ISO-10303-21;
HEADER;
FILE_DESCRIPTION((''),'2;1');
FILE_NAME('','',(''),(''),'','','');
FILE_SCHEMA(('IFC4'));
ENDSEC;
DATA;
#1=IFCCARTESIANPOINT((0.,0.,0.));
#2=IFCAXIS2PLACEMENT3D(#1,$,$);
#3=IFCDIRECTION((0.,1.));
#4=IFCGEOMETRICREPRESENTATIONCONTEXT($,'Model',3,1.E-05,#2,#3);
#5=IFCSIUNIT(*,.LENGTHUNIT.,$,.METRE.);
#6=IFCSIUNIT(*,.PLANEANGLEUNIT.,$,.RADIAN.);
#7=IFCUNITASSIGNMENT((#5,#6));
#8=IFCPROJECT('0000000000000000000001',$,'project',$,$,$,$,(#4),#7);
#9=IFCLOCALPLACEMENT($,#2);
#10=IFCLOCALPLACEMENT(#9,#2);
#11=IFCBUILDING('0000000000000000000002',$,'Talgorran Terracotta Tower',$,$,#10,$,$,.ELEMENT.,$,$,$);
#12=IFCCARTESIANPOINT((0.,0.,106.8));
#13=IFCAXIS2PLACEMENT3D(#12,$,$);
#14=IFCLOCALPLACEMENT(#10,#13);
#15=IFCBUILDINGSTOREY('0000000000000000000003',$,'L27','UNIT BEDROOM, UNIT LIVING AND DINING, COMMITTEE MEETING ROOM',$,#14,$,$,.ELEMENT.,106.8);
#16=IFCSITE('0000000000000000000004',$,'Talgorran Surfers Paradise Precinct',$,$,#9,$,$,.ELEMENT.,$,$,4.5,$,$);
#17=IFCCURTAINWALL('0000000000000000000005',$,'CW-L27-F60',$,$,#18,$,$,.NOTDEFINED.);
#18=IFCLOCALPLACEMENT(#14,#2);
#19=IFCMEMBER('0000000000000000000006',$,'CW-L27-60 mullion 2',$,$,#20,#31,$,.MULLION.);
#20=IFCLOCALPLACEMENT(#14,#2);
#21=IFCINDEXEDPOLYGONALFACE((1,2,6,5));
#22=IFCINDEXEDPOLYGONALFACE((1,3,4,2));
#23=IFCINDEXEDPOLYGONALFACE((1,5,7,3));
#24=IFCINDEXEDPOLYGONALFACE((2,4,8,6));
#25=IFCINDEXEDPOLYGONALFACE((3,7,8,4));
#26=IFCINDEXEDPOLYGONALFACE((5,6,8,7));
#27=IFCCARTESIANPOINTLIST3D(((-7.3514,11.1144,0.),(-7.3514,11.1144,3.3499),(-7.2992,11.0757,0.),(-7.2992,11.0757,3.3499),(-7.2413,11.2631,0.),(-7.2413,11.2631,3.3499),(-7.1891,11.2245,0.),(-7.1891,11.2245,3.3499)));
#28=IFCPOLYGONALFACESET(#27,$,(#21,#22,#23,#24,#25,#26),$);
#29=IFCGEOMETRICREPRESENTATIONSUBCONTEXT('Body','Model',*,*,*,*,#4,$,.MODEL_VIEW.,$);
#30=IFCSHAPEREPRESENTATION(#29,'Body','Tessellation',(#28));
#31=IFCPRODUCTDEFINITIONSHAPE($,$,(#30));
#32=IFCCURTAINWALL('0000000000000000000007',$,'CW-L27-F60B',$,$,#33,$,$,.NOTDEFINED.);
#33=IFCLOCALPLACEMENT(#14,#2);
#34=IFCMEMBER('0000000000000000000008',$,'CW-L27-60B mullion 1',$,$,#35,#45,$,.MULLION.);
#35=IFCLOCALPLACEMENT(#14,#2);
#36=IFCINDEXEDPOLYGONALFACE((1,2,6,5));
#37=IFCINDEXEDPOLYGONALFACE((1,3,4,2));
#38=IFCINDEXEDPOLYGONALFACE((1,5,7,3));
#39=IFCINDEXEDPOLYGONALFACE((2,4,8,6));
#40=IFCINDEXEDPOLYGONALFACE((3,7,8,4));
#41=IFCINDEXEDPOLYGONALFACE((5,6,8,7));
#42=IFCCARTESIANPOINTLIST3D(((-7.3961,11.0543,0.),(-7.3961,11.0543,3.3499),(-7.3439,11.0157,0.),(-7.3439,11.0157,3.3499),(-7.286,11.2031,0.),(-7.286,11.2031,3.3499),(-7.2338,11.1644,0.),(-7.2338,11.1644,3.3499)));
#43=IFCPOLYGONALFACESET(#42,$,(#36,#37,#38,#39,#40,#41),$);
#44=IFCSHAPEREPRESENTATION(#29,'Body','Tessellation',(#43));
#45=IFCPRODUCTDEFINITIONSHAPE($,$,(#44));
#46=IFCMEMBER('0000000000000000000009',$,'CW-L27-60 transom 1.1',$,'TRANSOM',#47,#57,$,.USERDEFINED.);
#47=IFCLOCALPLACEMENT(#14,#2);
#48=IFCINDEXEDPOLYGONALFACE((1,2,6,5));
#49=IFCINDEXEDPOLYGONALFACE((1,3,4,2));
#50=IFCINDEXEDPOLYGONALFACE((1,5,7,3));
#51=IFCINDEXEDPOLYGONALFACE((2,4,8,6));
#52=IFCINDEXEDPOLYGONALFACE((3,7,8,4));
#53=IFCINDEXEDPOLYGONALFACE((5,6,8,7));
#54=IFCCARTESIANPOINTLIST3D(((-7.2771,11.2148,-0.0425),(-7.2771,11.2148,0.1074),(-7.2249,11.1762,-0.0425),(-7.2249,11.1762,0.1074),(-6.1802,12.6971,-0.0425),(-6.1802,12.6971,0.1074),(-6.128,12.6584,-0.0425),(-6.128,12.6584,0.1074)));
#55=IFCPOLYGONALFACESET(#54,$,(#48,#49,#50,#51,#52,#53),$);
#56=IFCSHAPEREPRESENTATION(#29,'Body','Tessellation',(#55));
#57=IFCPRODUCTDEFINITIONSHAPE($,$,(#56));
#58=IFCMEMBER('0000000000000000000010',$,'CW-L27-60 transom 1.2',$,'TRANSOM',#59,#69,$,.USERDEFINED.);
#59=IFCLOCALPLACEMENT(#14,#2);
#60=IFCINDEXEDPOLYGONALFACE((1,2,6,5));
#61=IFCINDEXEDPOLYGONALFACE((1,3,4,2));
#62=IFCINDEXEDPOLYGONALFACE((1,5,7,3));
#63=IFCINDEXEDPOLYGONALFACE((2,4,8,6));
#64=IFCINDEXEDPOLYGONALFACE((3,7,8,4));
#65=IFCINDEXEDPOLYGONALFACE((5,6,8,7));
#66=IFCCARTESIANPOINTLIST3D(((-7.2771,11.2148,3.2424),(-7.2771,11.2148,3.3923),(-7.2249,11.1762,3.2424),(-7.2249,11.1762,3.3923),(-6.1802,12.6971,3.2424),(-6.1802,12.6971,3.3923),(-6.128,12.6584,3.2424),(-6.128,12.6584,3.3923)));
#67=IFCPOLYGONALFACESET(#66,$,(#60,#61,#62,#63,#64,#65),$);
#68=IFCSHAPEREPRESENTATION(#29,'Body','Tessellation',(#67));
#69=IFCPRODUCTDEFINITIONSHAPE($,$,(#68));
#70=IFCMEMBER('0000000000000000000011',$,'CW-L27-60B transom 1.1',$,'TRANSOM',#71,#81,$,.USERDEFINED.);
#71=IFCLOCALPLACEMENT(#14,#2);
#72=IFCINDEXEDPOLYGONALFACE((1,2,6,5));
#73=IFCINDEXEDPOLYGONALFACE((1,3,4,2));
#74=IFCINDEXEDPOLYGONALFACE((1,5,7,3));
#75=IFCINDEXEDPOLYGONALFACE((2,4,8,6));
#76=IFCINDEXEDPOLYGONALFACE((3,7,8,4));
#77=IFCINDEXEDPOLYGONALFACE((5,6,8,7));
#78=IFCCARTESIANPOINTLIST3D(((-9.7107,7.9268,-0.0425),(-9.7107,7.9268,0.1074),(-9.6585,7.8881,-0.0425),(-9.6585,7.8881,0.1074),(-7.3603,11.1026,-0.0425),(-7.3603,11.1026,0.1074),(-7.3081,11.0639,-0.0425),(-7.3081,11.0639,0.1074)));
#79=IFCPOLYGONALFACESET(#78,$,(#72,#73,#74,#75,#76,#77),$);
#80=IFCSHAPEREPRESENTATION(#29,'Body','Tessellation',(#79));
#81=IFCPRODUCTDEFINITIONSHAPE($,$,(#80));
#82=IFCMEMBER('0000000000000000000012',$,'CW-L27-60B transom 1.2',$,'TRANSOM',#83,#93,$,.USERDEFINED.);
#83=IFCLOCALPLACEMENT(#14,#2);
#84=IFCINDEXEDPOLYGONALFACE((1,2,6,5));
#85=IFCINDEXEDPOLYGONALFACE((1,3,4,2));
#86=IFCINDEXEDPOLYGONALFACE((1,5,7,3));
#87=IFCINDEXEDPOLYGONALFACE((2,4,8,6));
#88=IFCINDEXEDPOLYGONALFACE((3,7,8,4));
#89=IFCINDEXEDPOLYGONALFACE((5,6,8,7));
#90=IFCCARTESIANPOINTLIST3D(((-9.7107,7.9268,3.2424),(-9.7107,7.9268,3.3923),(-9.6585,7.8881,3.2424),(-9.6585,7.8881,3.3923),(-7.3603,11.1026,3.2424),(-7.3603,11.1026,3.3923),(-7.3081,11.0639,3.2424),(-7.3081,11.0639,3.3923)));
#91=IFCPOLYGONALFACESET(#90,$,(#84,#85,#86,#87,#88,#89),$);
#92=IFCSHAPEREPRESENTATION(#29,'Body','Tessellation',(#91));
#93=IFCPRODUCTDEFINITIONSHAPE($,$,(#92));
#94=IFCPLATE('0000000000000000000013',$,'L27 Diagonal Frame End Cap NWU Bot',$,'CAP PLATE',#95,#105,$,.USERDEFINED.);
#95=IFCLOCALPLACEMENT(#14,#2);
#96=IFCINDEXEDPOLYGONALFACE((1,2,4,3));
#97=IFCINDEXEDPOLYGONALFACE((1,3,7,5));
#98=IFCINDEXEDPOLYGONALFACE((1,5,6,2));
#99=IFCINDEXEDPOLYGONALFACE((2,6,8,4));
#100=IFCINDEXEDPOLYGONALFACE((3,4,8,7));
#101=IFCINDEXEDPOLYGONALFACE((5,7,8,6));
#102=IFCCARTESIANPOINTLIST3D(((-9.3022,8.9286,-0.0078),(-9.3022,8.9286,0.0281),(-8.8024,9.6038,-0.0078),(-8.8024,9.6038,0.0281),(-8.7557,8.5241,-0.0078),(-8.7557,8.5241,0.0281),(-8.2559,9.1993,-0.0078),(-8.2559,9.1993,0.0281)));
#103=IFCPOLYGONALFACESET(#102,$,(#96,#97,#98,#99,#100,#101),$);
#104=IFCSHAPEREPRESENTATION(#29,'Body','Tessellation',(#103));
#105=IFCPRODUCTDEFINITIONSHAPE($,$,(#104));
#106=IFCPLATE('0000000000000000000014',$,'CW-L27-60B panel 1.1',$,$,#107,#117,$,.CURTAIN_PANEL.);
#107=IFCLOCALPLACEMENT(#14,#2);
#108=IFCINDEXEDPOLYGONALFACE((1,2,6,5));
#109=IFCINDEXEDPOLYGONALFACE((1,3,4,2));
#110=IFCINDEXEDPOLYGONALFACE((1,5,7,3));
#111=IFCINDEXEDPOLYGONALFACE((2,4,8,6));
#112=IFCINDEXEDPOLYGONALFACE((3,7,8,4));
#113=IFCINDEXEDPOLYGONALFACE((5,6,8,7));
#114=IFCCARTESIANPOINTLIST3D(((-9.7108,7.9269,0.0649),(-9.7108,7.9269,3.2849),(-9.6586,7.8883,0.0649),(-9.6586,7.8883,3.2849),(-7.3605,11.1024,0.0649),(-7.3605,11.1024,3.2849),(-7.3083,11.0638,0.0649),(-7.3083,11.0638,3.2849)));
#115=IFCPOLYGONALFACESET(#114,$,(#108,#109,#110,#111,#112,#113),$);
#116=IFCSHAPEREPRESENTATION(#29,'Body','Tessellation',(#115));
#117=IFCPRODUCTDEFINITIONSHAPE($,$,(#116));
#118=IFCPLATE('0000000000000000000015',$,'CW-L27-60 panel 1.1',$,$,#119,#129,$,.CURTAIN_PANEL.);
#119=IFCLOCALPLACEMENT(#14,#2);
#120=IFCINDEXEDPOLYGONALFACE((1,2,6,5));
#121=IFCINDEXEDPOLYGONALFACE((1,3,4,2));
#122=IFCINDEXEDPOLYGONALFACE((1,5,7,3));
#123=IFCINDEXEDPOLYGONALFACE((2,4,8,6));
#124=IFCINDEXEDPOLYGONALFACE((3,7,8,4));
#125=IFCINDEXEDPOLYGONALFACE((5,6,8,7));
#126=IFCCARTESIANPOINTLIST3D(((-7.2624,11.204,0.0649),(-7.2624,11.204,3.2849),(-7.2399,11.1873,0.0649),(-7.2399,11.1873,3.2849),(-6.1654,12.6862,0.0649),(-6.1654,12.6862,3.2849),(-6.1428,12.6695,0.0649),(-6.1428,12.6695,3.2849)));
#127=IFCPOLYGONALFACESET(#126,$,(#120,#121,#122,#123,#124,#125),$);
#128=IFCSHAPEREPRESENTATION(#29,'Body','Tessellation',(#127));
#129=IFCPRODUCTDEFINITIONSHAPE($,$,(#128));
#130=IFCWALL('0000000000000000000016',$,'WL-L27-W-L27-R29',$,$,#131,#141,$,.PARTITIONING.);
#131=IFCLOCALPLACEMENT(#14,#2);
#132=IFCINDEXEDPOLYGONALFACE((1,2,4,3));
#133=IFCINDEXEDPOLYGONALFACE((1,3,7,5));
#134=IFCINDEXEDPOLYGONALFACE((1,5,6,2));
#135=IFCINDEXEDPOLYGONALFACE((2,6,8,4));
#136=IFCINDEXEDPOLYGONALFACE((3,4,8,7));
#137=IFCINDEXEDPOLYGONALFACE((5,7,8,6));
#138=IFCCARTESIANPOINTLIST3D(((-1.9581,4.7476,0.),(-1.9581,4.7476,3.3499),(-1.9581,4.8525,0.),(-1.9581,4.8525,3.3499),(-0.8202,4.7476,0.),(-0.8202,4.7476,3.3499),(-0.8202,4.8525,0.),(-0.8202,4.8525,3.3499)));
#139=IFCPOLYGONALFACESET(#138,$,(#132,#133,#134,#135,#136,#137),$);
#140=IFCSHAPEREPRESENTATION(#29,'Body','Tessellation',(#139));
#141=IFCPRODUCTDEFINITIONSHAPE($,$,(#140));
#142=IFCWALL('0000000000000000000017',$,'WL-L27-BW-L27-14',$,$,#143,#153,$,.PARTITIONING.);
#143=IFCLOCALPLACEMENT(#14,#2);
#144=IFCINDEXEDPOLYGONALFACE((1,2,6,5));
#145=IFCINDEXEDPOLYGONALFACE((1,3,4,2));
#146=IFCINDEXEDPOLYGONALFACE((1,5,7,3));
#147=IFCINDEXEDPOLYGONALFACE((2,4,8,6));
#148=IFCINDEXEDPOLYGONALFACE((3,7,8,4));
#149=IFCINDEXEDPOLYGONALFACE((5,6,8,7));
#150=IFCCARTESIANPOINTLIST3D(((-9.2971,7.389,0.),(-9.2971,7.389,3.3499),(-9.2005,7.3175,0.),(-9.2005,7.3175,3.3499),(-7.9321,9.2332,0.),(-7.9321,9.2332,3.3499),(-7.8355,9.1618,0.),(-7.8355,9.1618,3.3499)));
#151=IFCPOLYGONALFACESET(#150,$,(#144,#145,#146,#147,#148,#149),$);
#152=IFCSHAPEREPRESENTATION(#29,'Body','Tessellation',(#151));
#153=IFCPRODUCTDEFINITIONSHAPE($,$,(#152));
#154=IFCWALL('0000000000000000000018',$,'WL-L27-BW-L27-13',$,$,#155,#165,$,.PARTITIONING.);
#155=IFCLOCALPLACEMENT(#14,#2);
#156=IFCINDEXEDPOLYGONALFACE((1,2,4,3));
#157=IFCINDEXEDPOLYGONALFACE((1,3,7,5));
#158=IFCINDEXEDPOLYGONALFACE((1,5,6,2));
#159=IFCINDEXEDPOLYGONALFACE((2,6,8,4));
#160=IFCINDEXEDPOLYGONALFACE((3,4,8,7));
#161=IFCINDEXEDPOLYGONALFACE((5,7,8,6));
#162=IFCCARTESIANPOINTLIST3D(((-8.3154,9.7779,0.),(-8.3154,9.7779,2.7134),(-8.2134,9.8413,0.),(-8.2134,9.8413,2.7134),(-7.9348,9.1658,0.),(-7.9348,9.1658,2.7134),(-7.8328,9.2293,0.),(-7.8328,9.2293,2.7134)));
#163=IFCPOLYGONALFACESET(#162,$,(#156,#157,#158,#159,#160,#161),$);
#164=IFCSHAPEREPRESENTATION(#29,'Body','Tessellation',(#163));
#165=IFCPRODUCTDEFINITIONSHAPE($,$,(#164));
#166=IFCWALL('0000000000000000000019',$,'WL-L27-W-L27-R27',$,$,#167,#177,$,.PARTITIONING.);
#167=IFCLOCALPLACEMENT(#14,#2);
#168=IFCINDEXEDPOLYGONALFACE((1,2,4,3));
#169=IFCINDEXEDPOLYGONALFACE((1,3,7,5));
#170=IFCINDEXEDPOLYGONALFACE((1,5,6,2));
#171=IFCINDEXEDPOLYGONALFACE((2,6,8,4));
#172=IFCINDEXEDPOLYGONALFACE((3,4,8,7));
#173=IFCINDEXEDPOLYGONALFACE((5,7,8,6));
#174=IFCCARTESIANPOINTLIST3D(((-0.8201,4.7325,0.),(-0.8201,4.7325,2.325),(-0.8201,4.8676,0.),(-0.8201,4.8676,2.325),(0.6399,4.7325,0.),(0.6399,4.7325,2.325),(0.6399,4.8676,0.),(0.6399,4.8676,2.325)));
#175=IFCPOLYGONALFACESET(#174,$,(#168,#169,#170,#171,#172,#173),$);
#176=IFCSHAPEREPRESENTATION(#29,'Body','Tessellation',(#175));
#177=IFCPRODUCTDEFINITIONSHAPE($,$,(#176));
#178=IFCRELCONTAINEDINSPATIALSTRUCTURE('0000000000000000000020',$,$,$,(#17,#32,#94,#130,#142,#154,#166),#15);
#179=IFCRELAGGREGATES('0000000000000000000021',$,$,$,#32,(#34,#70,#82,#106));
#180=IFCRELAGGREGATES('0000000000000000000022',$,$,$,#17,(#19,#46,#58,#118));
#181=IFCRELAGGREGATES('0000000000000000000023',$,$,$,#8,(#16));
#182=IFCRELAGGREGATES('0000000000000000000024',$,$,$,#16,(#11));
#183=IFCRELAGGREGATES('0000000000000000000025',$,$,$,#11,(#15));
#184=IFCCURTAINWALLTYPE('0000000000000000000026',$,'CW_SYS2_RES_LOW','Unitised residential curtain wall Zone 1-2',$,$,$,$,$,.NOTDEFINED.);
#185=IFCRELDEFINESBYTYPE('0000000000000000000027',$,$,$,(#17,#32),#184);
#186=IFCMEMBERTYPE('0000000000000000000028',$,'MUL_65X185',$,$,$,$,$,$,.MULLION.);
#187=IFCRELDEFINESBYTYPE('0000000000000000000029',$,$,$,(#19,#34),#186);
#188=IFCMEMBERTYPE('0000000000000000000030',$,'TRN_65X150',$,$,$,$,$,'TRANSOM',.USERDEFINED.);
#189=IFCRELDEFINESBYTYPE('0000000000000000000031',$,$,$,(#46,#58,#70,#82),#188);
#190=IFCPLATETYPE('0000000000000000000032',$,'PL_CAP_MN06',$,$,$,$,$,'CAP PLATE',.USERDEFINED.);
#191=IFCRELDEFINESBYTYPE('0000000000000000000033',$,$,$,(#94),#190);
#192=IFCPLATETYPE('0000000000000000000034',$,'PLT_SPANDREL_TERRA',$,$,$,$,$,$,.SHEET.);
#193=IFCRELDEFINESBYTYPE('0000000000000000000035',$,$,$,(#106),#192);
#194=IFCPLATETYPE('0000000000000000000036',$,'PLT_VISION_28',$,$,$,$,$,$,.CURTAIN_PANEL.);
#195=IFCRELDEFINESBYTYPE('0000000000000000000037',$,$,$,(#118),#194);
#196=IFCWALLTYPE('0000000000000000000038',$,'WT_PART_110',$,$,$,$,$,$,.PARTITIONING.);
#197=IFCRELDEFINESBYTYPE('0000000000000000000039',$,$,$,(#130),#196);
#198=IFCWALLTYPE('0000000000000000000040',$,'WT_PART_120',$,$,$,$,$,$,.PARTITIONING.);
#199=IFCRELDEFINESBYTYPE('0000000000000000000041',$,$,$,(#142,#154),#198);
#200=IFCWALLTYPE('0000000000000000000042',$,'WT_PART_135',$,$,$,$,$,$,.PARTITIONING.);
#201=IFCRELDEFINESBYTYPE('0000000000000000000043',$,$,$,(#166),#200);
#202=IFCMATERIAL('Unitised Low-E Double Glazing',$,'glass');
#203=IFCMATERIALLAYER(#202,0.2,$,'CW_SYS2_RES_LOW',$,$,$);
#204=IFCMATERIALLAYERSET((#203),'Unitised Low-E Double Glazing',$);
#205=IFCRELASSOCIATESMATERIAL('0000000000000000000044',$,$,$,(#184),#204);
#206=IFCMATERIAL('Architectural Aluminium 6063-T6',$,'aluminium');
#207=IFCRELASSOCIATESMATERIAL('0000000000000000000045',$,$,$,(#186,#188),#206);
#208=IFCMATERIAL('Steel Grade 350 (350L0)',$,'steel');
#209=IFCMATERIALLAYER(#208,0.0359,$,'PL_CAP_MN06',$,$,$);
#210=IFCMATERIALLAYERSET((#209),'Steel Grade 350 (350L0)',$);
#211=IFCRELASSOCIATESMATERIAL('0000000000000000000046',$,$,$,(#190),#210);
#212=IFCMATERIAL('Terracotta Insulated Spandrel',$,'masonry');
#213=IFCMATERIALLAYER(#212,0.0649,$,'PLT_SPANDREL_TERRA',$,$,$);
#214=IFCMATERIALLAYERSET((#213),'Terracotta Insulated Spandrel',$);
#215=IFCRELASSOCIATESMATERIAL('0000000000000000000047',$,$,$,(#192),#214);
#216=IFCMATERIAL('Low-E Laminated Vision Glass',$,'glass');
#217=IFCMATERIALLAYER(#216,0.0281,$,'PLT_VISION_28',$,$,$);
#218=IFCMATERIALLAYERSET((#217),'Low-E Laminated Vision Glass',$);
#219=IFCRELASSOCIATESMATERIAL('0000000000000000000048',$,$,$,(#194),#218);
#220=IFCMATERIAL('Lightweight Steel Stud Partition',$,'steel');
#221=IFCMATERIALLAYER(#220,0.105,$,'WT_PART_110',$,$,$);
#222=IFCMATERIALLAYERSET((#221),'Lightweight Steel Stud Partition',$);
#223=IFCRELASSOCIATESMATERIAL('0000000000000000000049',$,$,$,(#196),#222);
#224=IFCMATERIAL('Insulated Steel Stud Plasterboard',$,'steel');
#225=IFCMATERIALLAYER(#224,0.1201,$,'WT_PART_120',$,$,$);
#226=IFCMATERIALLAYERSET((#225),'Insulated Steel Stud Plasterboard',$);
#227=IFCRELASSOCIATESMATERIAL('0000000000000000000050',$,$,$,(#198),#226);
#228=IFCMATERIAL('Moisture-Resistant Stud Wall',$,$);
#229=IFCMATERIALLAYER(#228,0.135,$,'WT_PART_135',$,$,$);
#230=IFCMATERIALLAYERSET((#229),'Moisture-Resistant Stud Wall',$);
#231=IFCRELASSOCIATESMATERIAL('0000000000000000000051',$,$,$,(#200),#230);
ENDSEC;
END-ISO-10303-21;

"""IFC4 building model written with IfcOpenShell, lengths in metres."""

from ifc_helpers import new_model, si_unit, direction, frame, frame_2d, origin, origin_2d, place, context, subcontext, project, spatial, rectangle, extrude, source, transform, mapped, material, layer, layer_set, material_profile, profile_set, type_object, type_shapes, element, aggregate, save


model = new_model("IFC4")

# Units and contexts
model_context = context("Model", 3, precision=1e-05, world=origin(), true_north=direction((0.0, 1.0)))
body_context = subcontext(model_context, "Body", "Model", "MODEL_VIEW")
ifc_project = project(units=[si_unit("LENGTHUNIT", "METRE"), si_unit("PLANEANGLEUNIT", "RADIAN")], contexts=[model_context])

# Site, building, storey
site_placement = place(None, origin())
site = spatial("IfcSite", under=ifc_project, at=site_placement, Name="Talgorran Surfers Paradise Precinct", CompositionType="ELEMENT", RefElevation=4.5)
building_placement = place(site_placement, origin())
building = spatial("IfcBuilding", under=site, at=building_placement, Name="Talgorran Terracotta Tower", CompositionType="ELEMENT")
storey_placement = place(building_placement, frame((0.0, 0.0, 106.8)))
storey = spatial("IfcBuildingStorey", under=building, at=storey_placement, Name="L27", Description="UNIT BEDROOM, UNIT LIVING AND DINING, COMMITTEE MEETING ROOM", CompositionType="ELEMENT", Elevation=106.8)

# Shared definitions
ifc_material_1 = material(Name="Steel Grade 350 (350L0)", Category="steel")

# Shared definitions
ifc_material_2 = material(Name="Unitised Low-E Double Glazing", Category="glass")
ifc_layer_1 = layer(ifc_material_2, 0.2, Name="CW_SYS2_RES_LOW")
ifc_layer_set_1 = layer_set([ifc_layer_1], Name="Unitised Low-E Double Glazing")
curtain_wall_type = type_object("IfcCurtainWallType", Name="CW_SYS2_RES_LOW", Description="Unitised residential curtain wall Zone 1-2", PredefinedType="NOTDEFINED", material=ifc_layer_set_1)
ifc_material_3 = material(Name="Architectural Aluminium 6063-T6", Category="aluminium")
ifc_material_profile_1 = material_profile(ifc_material_3, rectangle(XDim=0.0649, YDim=0.1851, at=origin_2d()), Name="CWM65X185")
ifc_profile_set_1 = profile_set([ifc_material_profile_1], Name="Architectural Aluminium 6063-T6")
member_type_1 = type_object("IfcMemberType", Name="MUL_65X185", PredefinedType="MULLION", material=ifc_profile_set_1)

# Curtain wall, member
curtain_wall_1_placement = place(storey_placement, origin())
curtain_wall_1 = element("IfcCurtainWall", 1, at=curtain_wall_1_placement, inside=storey, type_object=curtain_wall_type, Name="CW-L27-F60", PredefinedType="NOTDEFINED")
member_1_placement = place(storey_placement, frame((-7.2703, 11.1694, 0.0), z_axis=(0.0, 0.0, 1.0), x_axis=(0.80379, -0.594914, 0.0)))
member_1 = element("IfcMember", 2, at=member_1_placement, type_object=member_type_1, Name="CW-L27-60 mullion 2", PredefinedType="MULLION", context=body_context, shape_type="SweptSolid", body=[
    extrude(rectangle(XDim=0.0649, YDim=0.1851, at=origin_2d()), origin(), (0.0, 0.0, 1.0), 3.3499),
])

# Curtain wall, member
curtain_wall_2_placement = place(storey_placement, origin())
curtain_wall_2 = element("IfcCurtainWall", 3, at=curtain_wall_2_placement, inside=storey, type_object=curtain_wall_type, Name="CW-L27-F60B", PredefinedType="NOTDEFINED")
member_2_placement = place(storey_placement, frame((-7.3149, 11.1094, 0.0), z_axis=(0.0, 0.0, 1.0), x_axis=(0.803792, -0.59491, 0.0)))
member_2 = element("IfcMember", 4, at=member_2_placement, type_object=member_type_1, Name="CW-L27-60B mullion 1", PredefinedType="MULLION", context=body_context, shape_type="SweptSolid", body=[
    extrude(rectangle(XDim=0.0649, YDim=0.1851, at=origin_2d()), origin(), (0.0, 0.0, 1.0), 3.3499),
])

# Members
ifc_material_profile_2 = material_profile(ifc_material_3, rectangle(XDim=0.0649, YDim=0.1499, at=origin_2d()), Name="CWT65X150")
ifc_profile_set_2 = profile_set([ifc_material_profile_2], Name="Architectural Aluminium 6063-T6")
member_type_2 = type_object("IfcMemberType", Name="TRN_65X150", ElementType="TRANSOM", PredefinedType="USERDEFINED", material=ifc_profile_set_2)
member_3_placement = place(storey_placement, frame((-6.1541, 12.6777, 0.0325), z_axis=(-0.594882, -0.803813, 0.0), x_axis=(0.803813, -0.594882, 0.0)))
member_3 = element("IfcMember", 5, at=member_3_placement, type_object=member_type_2, Name="CW-L27-60 transom 1.1", ObjectType="TRANSOM", PredefinedType="USERDEFINED", context=body_context, shape_type="SweptSolid", body=[
    extrude(rectangle(XDim=0.0649, YDim=0.1499, at=origin_2d()), origin(), (0.0, 0.0, 1.0), 1.844),
])
member_4_placement = place(storey_placement, frame((-6.1541, 12.6777, 3.3174), z_axis=(-0.594882, -0.803813, 0.0), x_axis=(0.803813, -0.594882, 0.0)))
member_4 = element("IfcMember", 6, at=member_4_placement, type_object=member_type_2, Name="CW-L27-60 transom 1.2", ObjectType="TRANSOM", PredefinedType="USERDEFINED", context=body_context, shape_type="SweptSolid", body=[
    extrude(rectangle(XDim=0.0649, YDim=0.1499, at=origin_2d()), origin(), (0.0, 0.0, 1.0), 1.844),
])
member_5_placement = place(storey_placement, frame((-7.3342, 11.0833, 0.0325), z_axis=(-0.594886, -0.80381, 0.0), x_axis=(0.80381, -0.594886, 0.0)))
member_5 = element("IfcMember", 7, at=member_5_placement, type_object=member_type_2, Name="CW-L27-60B transom 1.1", ObjectType="TRANSOM", PredefinedType="USERDEFINED", context=body_context, shape_type="SweptSolid", body=[
    extrude(rectangle(XDim=0.0649, YDim=0.1499, at=origin_2d()), origin(), (0.0, 0.0, 1.0), 3.9509),
])
member_6_placement = place(storey_placement, frame((-7.3342, 11.0833, 3.3174), z_axis=(-0.594886, -0.80381, 0.0), x_axis=(0.80381, -0.594886, 0.0)))
member_6 = element("IfcMember", 8, at=member_6_placement, type_object=member_type_2, Name="CW-L27-60B transom 1.2", ObjectType="TRANSOM", PredefinedType="USERDEFINED", context=body_context, shape_type="SweptSolid", body=[
    extrude(rectangle(XDim=0.0649, YDim=0.1499, at=origin_2d()), origin(), (0.0, 0.0, 1.0), 3.9509),
])

# Plates
ifc_layer_2 = layer(ifc_material_1, 0.0359, Name="PL_CAP_MN06")
ifc_layer_set_2 = layer_set([ifc_layer_2], Name="Steel Grade 350 (350L0)")
plate_type_1 = type_object("IfcPlateType", Name="PL_CAP_MN06", ElementType="CAP PLATE", PredefinedType="USERDEFINED", material=ifc_layer_set_2)
plate_1_placement = place(storey_placement, frame((-8.7791, 9.064, -0.0078), z_axis=(0.0, 0.0, 1.0), x_axis=(-0.594963, -0.803753, 0.0)))
element("IfcPlate", 9, at=plate_1_placement, inside=storey, type_object=plate_type_1, Name="L27 Diagonal Frame End Cap NWU Bot", ObjectType="CAP PLATE", PredefinedType="USERDEFINED", context=body_context, shape_type="SweptSolid", body=[
    extrude(rectangle(XDim=0.8401, YDim=0.6799, at=origin_2d()), origin(), (0.0, 0.0, 1.0), 0.0359),
])
ifc_material_4 = material(Name="Terracotta Insulated Spandrel", Category="masonry")
ifc_layer_3 = layer(ifc_material_4, 0.0649, Name="PLT_SPANDREL_TERRA")
ifc_layer_set_3 = layer_set([ifc_layer_3], Name="Terracotta Insulated Spandrel")
plate_type_2 = type_object("IfcPlateType", Name="PLT_SPANDREL_TERRA", PredefinedType="SHEET", material=ifc_layer_set_3)
shared_shape_1 = source(origin(), body_context, "Body", "SweptSolid", [
    extrude(rectangle(XDim=3.9507, YDim=0.0649, at=origin_2d()), origin(), (0.0, 0.0, 1.0), 3.22),
])
type_shapes(plate_type_2, [shared_shape_1])
plate_2_placement = place(storey_placement, frame((-8.5095, 9.4954, 0.0649), z_axis=(0.0, 0.0, 1.0), x_axis=(-0.59491, -0.803792, 0.0)))
plate_2 = element("IfcPlate", 10, at=plate_2_placement, type_object=plate_type_2, Name="CW-L27-60B panel 1.1", PredefinedType="CURTAIN_PANEL", context=body_context, shape_type="MappedRepresentation", body=[
    mapped(shared_shape_1, transform((0.0, 0.0, 0.0), scale=1.0)),
])
aggregate(curtain_wall_2, [member_2, member_5, member_6, plate_2])
ifc_material_5 = material(Name="Low-E Laminated Vision Glass", Category="glass")
ifc_layer_4 = layer(ifc_material_5, 0.0281, Name="PLT_VISION_28")
ifc_layer_set_4 = layer_set([ifc_layer_4], Name="Low-E Laminated Vision Glass")
plate_type_3 = type_object("IfcPlateType", Name="PLT_VISION_28", PredefinedType="CURTAIN_PANEL", material=ifc_layer_set_4)
shared_shape_2 = source(origin(), body_context, "Body", "SweptSolid", [
    extrude(rectangle(XDim=1.844, YDim=0.0281, at=origin_2d()), origin(), (0.0, 0.0, 1.0), 3.22),
])
type_shapes(plate_type_3, [shared_shape_2])
plate_3_placement = place(storey_placement, frame((-6.7026, 11.9368, 0.0649), z_axis=(0.0, 0.0, 1.0), x_axis=(-0.594914, -0.80379, 0.0)))
plate_3 = element("IfcPlate", 11, at=plate_3_placement, type_object=plate_type_3, Name="CW-L27-60 panel 1.1", PredefinedType="CURTAIN_PANEL", context=body_context, shape_type="MappedRepresentation", body=[
    mapped(shared_shape_2, transform((0.0, 0.0, 0.0), scale=1.0)),
])
aggregate(curtain_wall_1, [member_1, member_3, member_4, plate_3])

# Walls
ifc_material_6 = material(Name="Lightweight Steel Stud Partition", Category="steel")
ifc_layer_5 = layer(ifc_material_6, 0.105, Name="WT_PART_110")
ifc_layer_set_5 = layer_set([ifc_layer_5], Name="Lightweight Steel Stud Partition")
wall_type_1 = type_object("IfcWallType", Name="WT_PART_110", PredefinedType="PARTITIONING", material=ifc_layer_set_5)
wall_1_placement = place(storey_placement, frame((-1.958, 4.8, 0.0), z_axis=(0.0, 0.0, 1.0), x_axis=(1.0, 0.0, 0.0)))
element("IfcWall", 12, at=wall_1_placement, inside=storey, type_object=wall_type_1, Name="WL-L27-W-L27-R29", PredefinedType="PARTITIONING", context=body_context, shape_type="SweptSolid", body=[
    extrude(rectangle(XDim=1.1379, YDim=0.105, at=frame_2d((0.5688, 0.0))), origin(), (0.0, 0.0, 1.0), 3.3499),
])
ifc_material_7 = material(Name="Insulated Steel Stud Plasterboard", Category="steel")
ifc_layer_6 = layer(ifc_material_7, 0.1201, Name="WT_PART_120")
ifc_layer_set_6 = layer_set([ifc_layer_6], Name="Insulated Steel Stud Plasterboard")
wall_type_2 = type_object("IfcWallType", Name="WT_PART_120", PredefinedType="PARTITIONING", material=ifc_layer_set_6)
wall_2_placement = place(storey_placement, frame((-7.8838, 9.1975, 0.0), z_axis=(0.0, 0.0, 1.0), x_axis=(-0.594915, -0.803789, 0.0)))
element("IfcWall", 13, at=wall_2_placement, inside=storey, type_object=wall_type_2, Name="WL-L27-BW-L27-14", PredefinedType="PARTITIONING", context=body_context, shape_type="SweptSolid", body=[
    extrude(rectangle(XDim=2.2944, YDim=0.1201, at=frame_2d((1.1472, 0.0))), origin(), (0.0, 0.0, 1.0), 3.3499),
])
wall_3_placement = place(storey_placement, frame((-8.2644, 9.8096, 0.0), z_axis=(0.0, 0.0, 1.0), x_axis=(0.528079, -0.849195, 0.0)))
element("IfcWall", 14, at=wall_3_placement, inside=storey, type_object=wall_type_2, Name="WL-L27-BW-L27-13", PredefinedType="PARTITIONING", context=body_context, shape_type="SweptSolid", body=[
    extrude(rectangle(XDim=0.7207, YDim=0.1201, at=frame_2d((0.3604, 0.0))), origin(), (0.0, 0.0, 1.0), 2.7134),
])
ifc_material_8 = material(Name="Moisture-Resistant Stud Wall")
ifc_layer_7 = layer(ifc_material_8, 0.135, Name="WT_PART_135")
ifc_layer_set_7 = layer_set([ifc_layer_7], Name="Moisture-Resistant Stud Wall")
wall_type_3 = type_object("IfcWallType", Name="WT_PART_135", PredefinedType="PARTITIONING", material=ifc_layer_set_7)
wall_4_placement = place(storey_placement, frame((-0.8201, 4.8, 0.0), z_axis=(0.0, 0.0, 1.0), x_axis=(1.0, 0.0, 0.0)))
element("IfcWall", 15, at=wall_4_placement, inside=storey, type_object=wall_type_3, Name="WL-L27-W-L27-R27", PredefinedType="PARTITIONING", context=body_context, shape_type="SweptSolid", body=[
    extrude(rectangle(XDim=1.46, YDim=0.135, at=frame_2d((0.73, 0.0))), origin(), (0.0, 0.0, 1.0), 2.325),
])

save(model, "model.ifc")
